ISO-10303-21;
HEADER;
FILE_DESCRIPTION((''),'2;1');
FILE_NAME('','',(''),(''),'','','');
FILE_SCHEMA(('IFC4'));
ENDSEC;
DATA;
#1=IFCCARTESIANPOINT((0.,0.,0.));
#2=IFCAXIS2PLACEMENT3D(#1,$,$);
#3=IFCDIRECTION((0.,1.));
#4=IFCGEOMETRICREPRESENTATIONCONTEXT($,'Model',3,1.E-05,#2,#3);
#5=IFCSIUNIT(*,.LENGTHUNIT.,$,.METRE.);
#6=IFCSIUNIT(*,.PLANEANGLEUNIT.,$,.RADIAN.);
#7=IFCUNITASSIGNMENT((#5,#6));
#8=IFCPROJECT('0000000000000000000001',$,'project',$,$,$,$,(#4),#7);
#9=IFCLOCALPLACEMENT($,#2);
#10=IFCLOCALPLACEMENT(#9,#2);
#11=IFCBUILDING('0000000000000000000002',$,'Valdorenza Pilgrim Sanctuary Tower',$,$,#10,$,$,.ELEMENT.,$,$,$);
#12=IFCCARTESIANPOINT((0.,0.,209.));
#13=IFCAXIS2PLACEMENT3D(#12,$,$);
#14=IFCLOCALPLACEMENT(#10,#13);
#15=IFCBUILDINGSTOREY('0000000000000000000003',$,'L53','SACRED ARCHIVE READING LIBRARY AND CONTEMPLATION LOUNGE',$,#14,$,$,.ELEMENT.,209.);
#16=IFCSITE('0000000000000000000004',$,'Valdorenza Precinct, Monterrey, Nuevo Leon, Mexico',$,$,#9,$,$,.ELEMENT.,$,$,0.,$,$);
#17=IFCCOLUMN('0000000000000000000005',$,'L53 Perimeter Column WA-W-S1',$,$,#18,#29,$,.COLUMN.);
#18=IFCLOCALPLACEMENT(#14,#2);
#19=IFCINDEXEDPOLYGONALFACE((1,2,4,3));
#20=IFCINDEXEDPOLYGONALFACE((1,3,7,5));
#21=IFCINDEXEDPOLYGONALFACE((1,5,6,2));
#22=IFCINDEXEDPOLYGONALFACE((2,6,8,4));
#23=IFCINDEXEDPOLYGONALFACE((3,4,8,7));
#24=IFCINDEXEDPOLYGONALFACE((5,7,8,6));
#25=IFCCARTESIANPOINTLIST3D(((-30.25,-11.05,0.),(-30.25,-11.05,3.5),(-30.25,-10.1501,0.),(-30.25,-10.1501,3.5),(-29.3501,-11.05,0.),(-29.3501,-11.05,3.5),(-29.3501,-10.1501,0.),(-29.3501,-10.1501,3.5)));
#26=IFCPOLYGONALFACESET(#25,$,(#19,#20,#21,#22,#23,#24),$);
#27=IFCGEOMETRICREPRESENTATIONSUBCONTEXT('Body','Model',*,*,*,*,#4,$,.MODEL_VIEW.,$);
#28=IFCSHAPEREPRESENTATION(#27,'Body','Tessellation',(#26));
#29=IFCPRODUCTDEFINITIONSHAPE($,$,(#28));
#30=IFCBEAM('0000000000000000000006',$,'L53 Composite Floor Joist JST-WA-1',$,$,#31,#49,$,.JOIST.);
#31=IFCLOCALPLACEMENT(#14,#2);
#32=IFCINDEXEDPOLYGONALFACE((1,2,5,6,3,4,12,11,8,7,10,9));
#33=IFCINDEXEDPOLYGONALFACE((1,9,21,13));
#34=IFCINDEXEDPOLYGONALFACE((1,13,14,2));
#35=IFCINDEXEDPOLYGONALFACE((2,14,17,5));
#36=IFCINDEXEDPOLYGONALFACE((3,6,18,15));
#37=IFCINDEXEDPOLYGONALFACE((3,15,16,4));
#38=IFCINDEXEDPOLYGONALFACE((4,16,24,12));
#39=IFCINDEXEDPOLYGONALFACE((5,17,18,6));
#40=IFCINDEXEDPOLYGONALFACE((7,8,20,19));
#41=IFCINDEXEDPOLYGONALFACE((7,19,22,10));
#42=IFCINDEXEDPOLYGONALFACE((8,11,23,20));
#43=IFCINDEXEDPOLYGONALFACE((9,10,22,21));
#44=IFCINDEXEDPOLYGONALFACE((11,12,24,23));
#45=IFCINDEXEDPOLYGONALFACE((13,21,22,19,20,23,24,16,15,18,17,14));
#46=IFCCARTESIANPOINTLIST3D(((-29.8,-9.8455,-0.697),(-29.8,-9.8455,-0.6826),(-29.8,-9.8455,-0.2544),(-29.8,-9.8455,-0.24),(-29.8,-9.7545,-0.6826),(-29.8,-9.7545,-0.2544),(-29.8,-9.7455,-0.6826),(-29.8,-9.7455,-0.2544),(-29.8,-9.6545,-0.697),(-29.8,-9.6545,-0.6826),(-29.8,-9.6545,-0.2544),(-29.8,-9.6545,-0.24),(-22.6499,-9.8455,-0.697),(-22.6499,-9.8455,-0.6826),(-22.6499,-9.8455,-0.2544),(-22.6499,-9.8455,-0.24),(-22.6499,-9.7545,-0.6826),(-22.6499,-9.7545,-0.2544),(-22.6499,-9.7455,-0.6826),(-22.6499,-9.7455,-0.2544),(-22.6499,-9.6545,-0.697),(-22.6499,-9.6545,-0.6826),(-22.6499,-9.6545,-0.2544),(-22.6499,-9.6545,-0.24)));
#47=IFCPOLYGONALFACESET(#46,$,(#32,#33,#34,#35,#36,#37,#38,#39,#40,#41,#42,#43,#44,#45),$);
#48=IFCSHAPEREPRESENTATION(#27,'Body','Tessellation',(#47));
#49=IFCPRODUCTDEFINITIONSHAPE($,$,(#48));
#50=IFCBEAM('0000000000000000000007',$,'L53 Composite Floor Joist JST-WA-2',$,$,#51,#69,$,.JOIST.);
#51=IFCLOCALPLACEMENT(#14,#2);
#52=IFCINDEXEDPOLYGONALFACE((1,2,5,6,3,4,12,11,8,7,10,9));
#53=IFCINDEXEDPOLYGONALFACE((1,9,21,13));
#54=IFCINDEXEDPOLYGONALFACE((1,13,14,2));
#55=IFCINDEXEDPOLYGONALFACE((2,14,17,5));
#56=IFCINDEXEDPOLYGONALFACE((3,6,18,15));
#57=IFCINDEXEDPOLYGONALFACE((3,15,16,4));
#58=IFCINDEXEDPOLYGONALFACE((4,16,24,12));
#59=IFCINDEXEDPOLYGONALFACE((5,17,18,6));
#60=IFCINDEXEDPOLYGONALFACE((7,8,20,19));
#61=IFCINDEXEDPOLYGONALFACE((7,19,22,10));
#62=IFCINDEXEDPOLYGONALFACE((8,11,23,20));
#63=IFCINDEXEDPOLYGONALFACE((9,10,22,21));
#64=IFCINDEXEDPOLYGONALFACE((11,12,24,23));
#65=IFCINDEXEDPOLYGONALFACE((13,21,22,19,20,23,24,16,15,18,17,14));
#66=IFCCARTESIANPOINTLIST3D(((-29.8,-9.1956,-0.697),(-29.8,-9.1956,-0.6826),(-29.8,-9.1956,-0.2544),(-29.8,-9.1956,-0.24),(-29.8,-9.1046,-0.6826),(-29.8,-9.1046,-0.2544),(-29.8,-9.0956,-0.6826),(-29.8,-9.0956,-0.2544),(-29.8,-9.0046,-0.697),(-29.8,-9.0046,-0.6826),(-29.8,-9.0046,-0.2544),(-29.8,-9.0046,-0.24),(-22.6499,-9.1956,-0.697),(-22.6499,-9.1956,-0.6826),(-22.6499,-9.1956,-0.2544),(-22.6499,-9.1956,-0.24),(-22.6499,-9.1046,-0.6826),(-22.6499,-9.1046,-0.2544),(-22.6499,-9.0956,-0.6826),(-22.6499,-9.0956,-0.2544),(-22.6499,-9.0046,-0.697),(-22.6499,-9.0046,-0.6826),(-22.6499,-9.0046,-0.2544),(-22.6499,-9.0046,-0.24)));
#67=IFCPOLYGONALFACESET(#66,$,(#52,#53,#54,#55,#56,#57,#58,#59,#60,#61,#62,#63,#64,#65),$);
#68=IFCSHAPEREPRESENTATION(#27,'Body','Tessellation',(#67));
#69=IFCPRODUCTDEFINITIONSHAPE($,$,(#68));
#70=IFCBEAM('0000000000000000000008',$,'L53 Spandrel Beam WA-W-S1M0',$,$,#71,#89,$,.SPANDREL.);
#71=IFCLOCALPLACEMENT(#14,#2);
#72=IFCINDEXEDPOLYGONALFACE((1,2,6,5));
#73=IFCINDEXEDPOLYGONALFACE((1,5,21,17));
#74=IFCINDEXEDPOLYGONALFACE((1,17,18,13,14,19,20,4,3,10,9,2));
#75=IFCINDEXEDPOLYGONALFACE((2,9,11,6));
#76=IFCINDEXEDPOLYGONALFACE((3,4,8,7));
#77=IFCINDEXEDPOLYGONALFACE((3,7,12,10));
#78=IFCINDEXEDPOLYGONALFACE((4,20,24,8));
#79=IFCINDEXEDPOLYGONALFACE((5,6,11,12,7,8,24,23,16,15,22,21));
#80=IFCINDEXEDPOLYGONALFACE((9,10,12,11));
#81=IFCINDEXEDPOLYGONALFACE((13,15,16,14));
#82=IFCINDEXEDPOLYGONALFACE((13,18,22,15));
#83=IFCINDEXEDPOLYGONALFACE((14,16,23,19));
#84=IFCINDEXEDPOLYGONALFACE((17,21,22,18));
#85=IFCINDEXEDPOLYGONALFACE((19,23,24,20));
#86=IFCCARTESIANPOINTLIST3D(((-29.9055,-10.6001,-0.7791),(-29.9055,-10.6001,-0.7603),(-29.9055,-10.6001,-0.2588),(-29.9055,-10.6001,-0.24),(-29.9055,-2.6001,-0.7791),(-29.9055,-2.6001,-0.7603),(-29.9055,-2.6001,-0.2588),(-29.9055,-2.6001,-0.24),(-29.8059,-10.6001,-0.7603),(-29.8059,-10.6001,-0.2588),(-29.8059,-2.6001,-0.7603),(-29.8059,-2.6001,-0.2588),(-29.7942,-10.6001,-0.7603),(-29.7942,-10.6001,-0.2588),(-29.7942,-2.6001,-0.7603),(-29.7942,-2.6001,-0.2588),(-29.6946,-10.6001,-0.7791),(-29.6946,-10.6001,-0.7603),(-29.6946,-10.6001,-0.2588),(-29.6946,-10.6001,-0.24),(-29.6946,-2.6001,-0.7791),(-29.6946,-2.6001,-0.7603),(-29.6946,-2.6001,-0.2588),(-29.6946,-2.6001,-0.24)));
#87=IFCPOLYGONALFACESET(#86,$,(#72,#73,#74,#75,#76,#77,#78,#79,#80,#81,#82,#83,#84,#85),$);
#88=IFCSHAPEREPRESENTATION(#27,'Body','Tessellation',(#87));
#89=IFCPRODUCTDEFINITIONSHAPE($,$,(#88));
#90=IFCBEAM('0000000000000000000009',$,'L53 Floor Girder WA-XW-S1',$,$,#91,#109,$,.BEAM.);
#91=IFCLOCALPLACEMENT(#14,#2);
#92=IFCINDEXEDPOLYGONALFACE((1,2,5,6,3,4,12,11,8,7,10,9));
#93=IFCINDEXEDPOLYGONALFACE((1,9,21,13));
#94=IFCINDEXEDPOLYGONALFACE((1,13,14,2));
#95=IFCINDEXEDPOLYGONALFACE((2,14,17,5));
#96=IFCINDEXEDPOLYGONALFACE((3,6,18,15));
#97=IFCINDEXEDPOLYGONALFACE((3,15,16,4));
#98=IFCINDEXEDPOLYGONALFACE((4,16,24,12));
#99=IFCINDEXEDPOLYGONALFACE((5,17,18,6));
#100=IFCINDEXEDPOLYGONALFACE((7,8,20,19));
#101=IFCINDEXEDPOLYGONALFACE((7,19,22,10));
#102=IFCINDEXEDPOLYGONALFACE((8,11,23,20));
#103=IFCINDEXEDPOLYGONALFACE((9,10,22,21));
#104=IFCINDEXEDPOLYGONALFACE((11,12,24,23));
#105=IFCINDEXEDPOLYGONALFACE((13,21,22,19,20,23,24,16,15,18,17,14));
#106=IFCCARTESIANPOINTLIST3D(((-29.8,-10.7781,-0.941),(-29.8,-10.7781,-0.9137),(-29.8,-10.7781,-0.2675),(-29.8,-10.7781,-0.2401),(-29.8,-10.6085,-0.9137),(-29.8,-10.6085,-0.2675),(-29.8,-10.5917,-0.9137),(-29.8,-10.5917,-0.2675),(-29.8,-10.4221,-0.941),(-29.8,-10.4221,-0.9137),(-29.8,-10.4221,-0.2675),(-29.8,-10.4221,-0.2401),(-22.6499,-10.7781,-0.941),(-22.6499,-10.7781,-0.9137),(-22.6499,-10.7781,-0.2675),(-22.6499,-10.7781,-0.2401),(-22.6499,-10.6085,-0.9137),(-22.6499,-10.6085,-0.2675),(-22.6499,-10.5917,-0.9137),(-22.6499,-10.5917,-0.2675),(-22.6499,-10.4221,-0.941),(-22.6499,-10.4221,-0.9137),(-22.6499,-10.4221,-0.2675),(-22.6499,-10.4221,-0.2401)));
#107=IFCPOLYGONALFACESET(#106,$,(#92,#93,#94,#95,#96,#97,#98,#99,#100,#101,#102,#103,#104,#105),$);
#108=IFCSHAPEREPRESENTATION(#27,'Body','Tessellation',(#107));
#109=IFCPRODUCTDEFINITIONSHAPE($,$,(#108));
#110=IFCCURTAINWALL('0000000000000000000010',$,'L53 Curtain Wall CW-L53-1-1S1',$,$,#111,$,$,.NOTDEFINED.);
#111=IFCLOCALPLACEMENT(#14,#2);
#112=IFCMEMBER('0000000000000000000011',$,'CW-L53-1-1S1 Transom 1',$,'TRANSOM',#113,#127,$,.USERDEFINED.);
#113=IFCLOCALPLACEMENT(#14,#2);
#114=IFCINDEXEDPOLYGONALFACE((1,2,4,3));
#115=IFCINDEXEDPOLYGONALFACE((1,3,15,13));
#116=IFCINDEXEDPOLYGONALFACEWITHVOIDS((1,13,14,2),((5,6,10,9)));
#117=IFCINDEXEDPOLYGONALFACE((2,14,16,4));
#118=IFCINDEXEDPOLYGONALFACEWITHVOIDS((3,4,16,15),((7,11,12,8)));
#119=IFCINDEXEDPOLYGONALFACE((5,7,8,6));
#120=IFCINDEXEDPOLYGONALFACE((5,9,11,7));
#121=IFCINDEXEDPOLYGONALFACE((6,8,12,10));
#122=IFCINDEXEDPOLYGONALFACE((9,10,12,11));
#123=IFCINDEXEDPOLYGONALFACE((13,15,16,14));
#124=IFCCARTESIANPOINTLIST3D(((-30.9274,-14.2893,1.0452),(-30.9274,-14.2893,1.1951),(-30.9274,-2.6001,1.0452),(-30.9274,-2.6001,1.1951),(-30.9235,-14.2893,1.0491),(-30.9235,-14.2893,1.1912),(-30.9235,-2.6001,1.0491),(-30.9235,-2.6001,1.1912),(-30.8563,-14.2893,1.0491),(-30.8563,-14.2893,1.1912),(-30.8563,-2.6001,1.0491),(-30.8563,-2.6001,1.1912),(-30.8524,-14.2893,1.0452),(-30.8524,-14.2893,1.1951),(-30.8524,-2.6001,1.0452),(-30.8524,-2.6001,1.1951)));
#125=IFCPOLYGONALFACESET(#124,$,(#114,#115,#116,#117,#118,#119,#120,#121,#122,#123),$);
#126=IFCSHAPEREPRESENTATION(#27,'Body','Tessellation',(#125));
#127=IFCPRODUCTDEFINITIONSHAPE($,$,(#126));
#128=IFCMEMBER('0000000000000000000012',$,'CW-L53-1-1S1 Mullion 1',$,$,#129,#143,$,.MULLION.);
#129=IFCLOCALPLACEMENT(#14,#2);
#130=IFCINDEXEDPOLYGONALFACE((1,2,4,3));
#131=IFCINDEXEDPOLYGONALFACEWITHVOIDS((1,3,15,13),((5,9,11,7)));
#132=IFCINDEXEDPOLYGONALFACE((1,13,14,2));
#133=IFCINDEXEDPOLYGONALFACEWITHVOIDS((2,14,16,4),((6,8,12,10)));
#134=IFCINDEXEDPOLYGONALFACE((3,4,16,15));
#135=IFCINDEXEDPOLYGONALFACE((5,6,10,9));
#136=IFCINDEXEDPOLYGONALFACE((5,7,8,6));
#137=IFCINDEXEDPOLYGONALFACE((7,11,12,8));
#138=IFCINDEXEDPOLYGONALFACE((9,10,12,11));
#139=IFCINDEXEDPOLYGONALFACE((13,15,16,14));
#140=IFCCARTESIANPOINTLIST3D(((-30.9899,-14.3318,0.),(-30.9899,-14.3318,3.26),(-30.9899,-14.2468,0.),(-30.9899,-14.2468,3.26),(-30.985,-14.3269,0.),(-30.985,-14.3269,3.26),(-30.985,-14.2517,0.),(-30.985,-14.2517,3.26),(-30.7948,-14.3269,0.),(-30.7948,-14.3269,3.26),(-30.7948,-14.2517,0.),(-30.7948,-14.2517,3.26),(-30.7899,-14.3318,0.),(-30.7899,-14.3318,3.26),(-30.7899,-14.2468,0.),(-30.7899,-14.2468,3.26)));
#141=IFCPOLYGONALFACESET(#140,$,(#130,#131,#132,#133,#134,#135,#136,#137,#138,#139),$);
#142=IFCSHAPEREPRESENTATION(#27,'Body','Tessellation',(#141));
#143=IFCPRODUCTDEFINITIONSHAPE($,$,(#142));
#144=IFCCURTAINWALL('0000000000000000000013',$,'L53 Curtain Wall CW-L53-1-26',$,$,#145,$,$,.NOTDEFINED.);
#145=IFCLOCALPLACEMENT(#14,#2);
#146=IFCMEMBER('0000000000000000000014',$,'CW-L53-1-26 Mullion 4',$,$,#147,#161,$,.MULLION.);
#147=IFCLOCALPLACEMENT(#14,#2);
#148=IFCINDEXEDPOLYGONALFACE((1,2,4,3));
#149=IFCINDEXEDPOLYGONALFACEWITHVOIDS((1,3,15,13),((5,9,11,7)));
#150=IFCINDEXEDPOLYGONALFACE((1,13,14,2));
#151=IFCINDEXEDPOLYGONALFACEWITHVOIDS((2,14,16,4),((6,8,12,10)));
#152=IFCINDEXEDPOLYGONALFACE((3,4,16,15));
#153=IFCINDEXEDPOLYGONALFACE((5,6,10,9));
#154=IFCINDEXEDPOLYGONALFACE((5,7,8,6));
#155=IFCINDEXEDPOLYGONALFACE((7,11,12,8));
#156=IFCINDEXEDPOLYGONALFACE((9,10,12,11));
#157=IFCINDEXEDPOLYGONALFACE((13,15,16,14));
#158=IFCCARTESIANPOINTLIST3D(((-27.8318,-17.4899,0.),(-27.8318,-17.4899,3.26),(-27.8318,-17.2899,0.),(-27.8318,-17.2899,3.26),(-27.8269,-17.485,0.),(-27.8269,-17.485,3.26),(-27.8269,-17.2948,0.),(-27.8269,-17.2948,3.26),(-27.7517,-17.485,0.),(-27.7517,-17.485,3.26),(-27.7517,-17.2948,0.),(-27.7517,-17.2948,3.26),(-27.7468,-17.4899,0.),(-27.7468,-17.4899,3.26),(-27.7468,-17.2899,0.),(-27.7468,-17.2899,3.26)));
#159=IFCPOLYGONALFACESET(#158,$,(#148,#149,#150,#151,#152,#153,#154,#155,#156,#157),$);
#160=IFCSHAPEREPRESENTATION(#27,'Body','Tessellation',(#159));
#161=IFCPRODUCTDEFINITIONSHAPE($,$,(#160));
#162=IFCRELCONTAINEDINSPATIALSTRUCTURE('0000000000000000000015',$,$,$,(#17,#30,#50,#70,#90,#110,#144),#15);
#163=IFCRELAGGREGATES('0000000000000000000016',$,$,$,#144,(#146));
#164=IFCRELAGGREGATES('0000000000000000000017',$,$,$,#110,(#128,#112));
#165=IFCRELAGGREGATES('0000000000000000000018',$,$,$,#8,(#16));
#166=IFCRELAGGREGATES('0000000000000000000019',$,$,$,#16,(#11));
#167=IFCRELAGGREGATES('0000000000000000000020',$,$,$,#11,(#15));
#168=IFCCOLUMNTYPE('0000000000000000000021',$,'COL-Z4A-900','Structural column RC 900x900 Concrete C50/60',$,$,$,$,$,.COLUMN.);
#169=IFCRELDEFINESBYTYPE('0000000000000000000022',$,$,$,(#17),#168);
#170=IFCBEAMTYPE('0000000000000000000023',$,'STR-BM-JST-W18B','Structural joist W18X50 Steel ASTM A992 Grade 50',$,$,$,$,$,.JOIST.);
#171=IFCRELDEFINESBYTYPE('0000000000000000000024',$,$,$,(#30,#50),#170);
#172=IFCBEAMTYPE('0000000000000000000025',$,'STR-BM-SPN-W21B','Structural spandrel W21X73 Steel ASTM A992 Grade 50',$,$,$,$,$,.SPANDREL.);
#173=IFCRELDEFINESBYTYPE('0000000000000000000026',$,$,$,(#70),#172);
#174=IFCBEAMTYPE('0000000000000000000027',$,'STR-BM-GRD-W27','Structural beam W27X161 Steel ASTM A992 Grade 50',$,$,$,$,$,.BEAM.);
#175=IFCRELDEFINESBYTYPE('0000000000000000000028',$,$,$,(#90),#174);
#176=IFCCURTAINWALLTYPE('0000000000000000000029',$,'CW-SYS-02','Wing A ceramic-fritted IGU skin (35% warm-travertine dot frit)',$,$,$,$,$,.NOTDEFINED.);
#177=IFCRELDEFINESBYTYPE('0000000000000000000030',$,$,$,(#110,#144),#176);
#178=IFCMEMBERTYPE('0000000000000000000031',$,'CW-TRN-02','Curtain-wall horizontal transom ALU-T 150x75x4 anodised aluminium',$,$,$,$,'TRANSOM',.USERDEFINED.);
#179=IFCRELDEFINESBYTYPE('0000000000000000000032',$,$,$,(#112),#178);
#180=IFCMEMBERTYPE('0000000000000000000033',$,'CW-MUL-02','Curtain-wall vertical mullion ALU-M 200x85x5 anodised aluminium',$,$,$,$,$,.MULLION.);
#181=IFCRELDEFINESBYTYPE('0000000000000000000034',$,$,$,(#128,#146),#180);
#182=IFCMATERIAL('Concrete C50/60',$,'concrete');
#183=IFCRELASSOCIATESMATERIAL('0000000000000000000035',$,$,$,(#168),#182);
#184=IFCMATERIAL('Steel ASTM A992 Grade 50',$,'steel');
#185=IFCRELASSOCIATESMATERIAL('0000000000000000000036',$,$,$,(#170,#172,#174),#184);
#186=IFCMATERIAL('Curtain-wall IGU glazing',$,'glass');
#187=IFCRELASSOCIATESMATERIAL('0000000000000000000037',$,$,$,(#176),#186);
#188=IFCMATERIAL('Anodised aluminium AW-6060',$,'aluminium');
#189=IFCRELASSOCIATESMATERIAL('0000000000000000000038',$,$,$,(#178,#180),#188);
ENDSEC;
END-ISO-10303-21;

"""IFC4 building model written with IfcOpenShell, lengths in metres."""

from ifc_helpers import new_model, si_unit, direction, frame, origin, origin_2d, place, context, subcontext, project, spatial, rectangle, hollow_rectangle, i_section, extrude, source, transform, mapped, material, material_profile, profile_set, type_object, element, aggregate, save


model = new_model("IFC4")

# Units and contexts
model_context = context("Model", 3, precision=1e-05, world=origin(), true_north=direction((0.0, 1.0)))
body_context = subcontext(model_context, "Body", "Model", "MODEL_VIEW")
ifc_project = project(units=[si_unit("LENGTHUNIT", "METRE"), si_unit("PLANEANGLEUNIT", "RADIAN")], contexts=[model_context])

# Site, building, storey
site_placement = place(None, origin())
site = spatial("IfcSite", under=ifc_project, at=site_placement, Name="Valdorenza Precinct, Monterrey, Nuevo Leon, Mexico", CompositionType="ELEMENT", RefElevation=0.0)
building_placement = place(site_placement, origin())
building = spatial("IfcBuilding", under=site, at=building_placement, Name="Valdorenza Pilgrim Sanctuary Tower", CompositionType="ELEMENT")
storey_placement = place(building_placement, frame((0.0, 0.0, 209.0)))
storey = spatial("IfcBuildingStorey", under=building, at=storey_placement, Name="L53", Description="SACRED ARCHIVE READING LIBRARY AND CONTEMPLATION LOUNGE", CompositionType="ELEMENT", Elevation=209.0)

# Column
ifc_material_1 = material(Name="Concrete C50/60", Category="concrete")
ifc_material_profile_1 = material_profile(ifc_material_1, rectangle(XDim=0.8999, YDim=0.8999, at=origin_2d()), Name="RC 900x900")
ifc_profile_set_1 = profile_set([ifc_material_profile_1], Name="Concrete C50/60")
column_type = type_object("IfcColumnType", Name="COL-Z4A-900", Description="Structural column RC 900x900 Concrete C50/60", PredefinedType="COLUMN", material=ifc_profile_set_1)
shared_shape_1 = source(origin(), body_context, "Body", "SweptSolid", [
    extrude(rectangle(XDim=0.8999, YDim=0.8999, at=origin_2d()), origin(), (0.0, 0.0, 1.0), 3.5),
])
column_placement = place(storey_placement, frame((-29.8, -10.6001, 0.0), z_axis=(0.0, 0.0, 1.0), x_axis=(1.0, 0.0, 0.0)))
element("IfcColumn", 1, at=column_placement, inside=storey, type_object=column_type, Name="L53 Perimeter Column WA-W-S1", PredefinedType="COLUMN", context=body_context, shape_type="MappedRepresentation", body=[
    mapped(shared_shape_1, transform((0.0, 0.0, 0.0), x_axis=(1.0, 0.0, 0.0), y_axis=(0.0, 1.0, 0.0), z_axis=(0.0, 0.0, 1.0), scale=1.0)),
])

# Beams
ifc_material_2 = material(Name="Steel ASTM A992 Grade 50", Category="steel")
ifc_material_profile_2 = material_profile(ifc_material_2, i_section(OverallWidth=0.1909, OverallDepth=0.457, WebThickness=0.009, FlangeThickness=0.0144, at=origin_2d()), Name="W18X50")
ifc_profile_set_2 = profile_set([ifc_material_profile_2], Name="Steel ASTM A992 Grade 50")
beam_type_1 = type_object("IfcBeamType", Name="STR-BM-JST-W18B", Description="Structural joist W18X50 Steel ASTM A992 Grade 50", PredefinedType="JOIST", material=ifc_profile_set_2)
shared_shape_2 = source(origin(), body_context, "Body", "SweptSolid", [
    extrude(i_section(OverallWidth=0.1909, OverallDepth=0.457, WebThickness=0.009, FlangeThickness=0.0144, at=origin_2d()), origin(), (0.0, 0.0, 1.0), 7.1501),
])
for number, where, z_axis, x_axis, name in (
    (2, (-29.8, -9.75, -0.4685), (1.0, 0.0, 0.0), (0.0, 1.0, 0.0), "L53 Composite Floor Joist JST-WA-1"),
    (3, (-29.8, -9.1001, -0.4685), (1.0, 0.0, 0.0), (0.0, 1.0, 0.0), "L53 Composite Floor Joist JST-WA-2"),
):
    element("IfcBeam", number, at=place(storey_placement, frame(where, z_axis=z_axis, x_axis=x_axis)), inside=storey, type_object=beam_type_1, Name=name, PredefinedType="JOIST", context=body_context, shape_type="MappedRepresentation", body=[
        mapped(shared_shape_2, transform((0.0, 0.0, 0.0), x_axis=(1.0, 0.0, 0.0), y_axis=(0.0, 1.0, 0.0), z_axis=(0.0, 0.0, 1.0), scale=1.0)),
    ])
ifc_material_profile_3 = material_profile(ifc_material_2, i_section(OverallWidth=0.2109, OverallDepth=0.5391, WebThickness=0.0117, FlangeThickness=0.0188, at=origin_2d()), Name="W21X73")
ifc_profile_set_3 = profile_set([ifc_material_profile_3], Name="Steel ASTM A992 Grade 50")
beam_type_2 = type_object("IfcBeamType", Name="STR-BM-SPN-W21B", Description="Structural spandrel W21X73 Steel ASTM A992 Grade 50", PredefinedType="SPANDREL", material=ifc_profile_set_3)
shared_shape_3 = source(origin(), body_context, "Body", "SweptSolid", [
    extrude(i_section(OverallWidth=0.2109, OverallDepth=0.5391, WebThickness=0.0117, FlangeThickness=0.0188, at=origin_2d()), origin(), (0.0, 0.0, 1.0), 8.0),
])
beam_1_placement = place(storey_placement, frame((-29.8, -10.6001, -0.5095), z_axis=(0.0, 1.0, 0.0), x_axis=(-1.0, 0.0, 0.0)))
element("IfcBeam", 4, at=beam_1_placement, inside=storey, type_object=beam_type_2, Name="L53 Spandrel Beam WA-W-S1M0", PredefinedType="SPANDREL", context=body_context, shape_type="MappedRepresentation", body=[
    mapped(shared_shape_3, transform((0.0, 0.0, 0.0), x_axis=(1.0, 0.0, 0.0), y_axis=(0.0, 1.0, 0.0), z_axis=(0.0, 0.0, 1.0), scale=1.0)),
])
ifc_material_profile_4 = material_profile(ifc_material_2, i_section(OverallWidth=0.356, OverallDepth=0.7009, WebThickness=0.0168, FlangeThickness=0.0273, at=origin_2d()), Name="W27X161")
ifc_profile_set_4 = profile_set([ifc_material_profile_4], Name="Steel ASTM A992 Grade 50")
beam_type_3 = type_object("IfcBeamType", Name="STR-BM-GRD-W27", Description="Structural beam W27X161 Steel ASTM A992 Grade 50", PredefinedType="BEAM", material=ifc_profile_set_4)
shared_shape_4 = source(origin(), body_context, "Body", "SweptSolid", [
    extrude(i_section(OverallWidth=0.356, OverallDepth=0.7009, WebThickness=0.0168, FlangeThickness=0.0273, at=origin_2d()), origin(), (0.0, 0.0, 1.0), 7.1501),
])
beam_2_placement = place(storey_placement, frame((-29.8, -10.6001, -0.5906), z_axis=(1.0, 0.0, 0.0), x_axis=(0.0, 1.0, 0.0)))
element("IfcBeam", 5, at=beam_2_placement, inside=storey, type_object=beam_type_3, Name="L53 Floor Girder WA-XW-S1", PredefinedType="BEAM", context=body_context, shape_type="MappedRepresentation", body=[
    mapped(shared_shape_4, transform((0.0, 0.0, 0.0), x_axis=(1.0, 0.0, 0.0), y_axis=(0.0, 1.0, 0.0), z_axis=(0.0, 0.0, 1.0), scale=1.0)),
])

# Curtain wall, members
ifc_material_3 = material(Name="Curtain-wall IGU glazing", Category="glass")
curtain_wall_type = type_object("IfcCurtainWallType", Name="CW-SYS-02", Description="Wing A ceramic-fritted IGU skin (35% warm-travertine dot frit)", PredefinedType="NOTDEFINED", material=ifc_material_3)
curtain_wall_1_placement = place(storey_placement, origin())
curtain_wall_1 = element("IfcCurtainWall", 6, at=curtain_wall_1_placement, inside=storey, type_object=curtain_wall_type, Name="L53 Curtain Wall CW-L53-1-1S1", PredefinedType="NOTDEFINED")
ifc_material_4 = material(Name="Anodised aluminium AW-6060", Category="aluminium")
ifc_material_profile_5 = material_profile(ifc_material_4, hollow_rectangle(XDim=0.075, YDim=0.1499, WallThickness=0.0039, at=origin_2d()), Name="ALU-T 150x75x4")
ifc_profile_set_5 = profile_set([ifc_material_profile_5], Name="Anodised aluminium AW-6060")
member_type_1 = type_object("IfcMemberType", Name="CW-TRN-02", Description="Curtain-wall horizontal transom ALU-T 150x75x4 anodised aluminium", ElementType="TRANSOM", PredefinedType="USERDEFINED", material=ifc_profile_set_5)
shared_shape_5 = source(origin(), body_context, "Body", "SweptSolid", [
    extrude(hollow_rectangle(XDim=0.075, YDim=0.1499, WallThickness=0.0039, at=origin_2d()), origin(), (0.0, 0.0, 1.0), 11.6892),
])
member_1_placement = place(storey_placement, frame((-30.8899, -14.2893, 1.1201), z_axis=(0.0, 1.0, 0.0), x_axis=(-1.0, 0.0, 0.0)))
member_1 = element("IfcMember", 7, at=member_1_placement, type_object=member_type_1, Name="CW-L53-1-1S1 Transom 1", ObjectType="TRANSOM", PredefinedType="USERDEFINED", context=body_context, shape_type="MappedRepresentation", body=[
    mapped(shared_shape_5, transform((0.0, 0.0, 0.0), x_axis=(1.0, 0.0, 0.0), y_axis=(0.0, 1.0, 0.0), z_axis=(0.0, 0.0, 1.0), scale=1.0)),
])
ifc_material_profile_6 = material_profile(ifc_material_4, hollow_rectangle(XDim=0.085, YDim=0.2, WallThickness=0.0049, at=origin_2d()), Name="ALU-M 200x85x5")
ifc_profile_set_6 = profile_set([ifc_material_profile_6], Name="Anodised aluminium AW-6060")
member_type_2 = type_object("IfcMemberType", Name="CW-MUL-02", Description="Curtain-wall vertical mullion ALU-M 200x85x5 anodised aluminium", PredefinedType="MULLION", material=ifc_profile_set_6)
shared_shape_6 = source(origin(), body_context, "Body", "SweptSolid", [
    extrude(hollow_rectangle(XDim=0.085, YDim=0.2, WallThickness=0.0049, at=origin_2d()), origin(), (0.0, 0.0, 1.0), 3.26),
])
member_2_placement = place(storey_placement, frame((-30.8899, -14.2893, 0.0), z_axis=(0.0, 0.0, 1.0), x_axis=(0.0, 1.0, 0.0)))
member_2 = element("IfcMember", 8, at=member_2_placement, type_object=member_type_2, Name="CW-L53-1-1S1 Mullion 1", PredefinedType="MULLION", context=body_context, shape_type="MappedRepresentation", body=[
    mapped(shared_shape_6, transform((0.0, 0.0, 0.0), x_axis=(1.0, 0.0, 0.0), y_axis=(0.0, 1.0, 0.0), z_axis=(0.0, 0.0, 1.0), scale=1.0)),
])

# Curtain wall, member
curtain_wall_2_placement = place(storey_placement, origin())
curtain_wall_2 = element("IfcCurtainWall", 9, at=curtain_wall_2_placement, inside=storey, type_object=curtain_wall_type, Name="L53 Curtain Wall CW-L53-1-26", PredefinedType="NOTDEFINED")
member_3_placement = place(storey_placement, frame((-27.7893, -17.3899, 0.0), z_axis=(0.0, 0.0, 1.0), x_axis=(-1.0, 0.0, 0.0)))
member_3 = element("IfcMember", 10, at=member_3_placement, type_object=member_type_2, Name="CW-L53-1-26 Mullion 4", PredefinedType="MULLION", context=body_context, shape_type="MappedRepresentation", body=[
    mapped(shared_shape_6, transform((0.0, 0.0, 0.0), x_axis=(1.0, 0.0, 0.0), y_axis=(0.0, 1.0, 0.0), z_axis=(0.0, 0.0, 1.0), scale=1.0)),
])
aggregate(curtain_wall_2, [member_3])

aggregate(curtain_wall_1, [member_2, member_1])

save(model, "model.ifc")
